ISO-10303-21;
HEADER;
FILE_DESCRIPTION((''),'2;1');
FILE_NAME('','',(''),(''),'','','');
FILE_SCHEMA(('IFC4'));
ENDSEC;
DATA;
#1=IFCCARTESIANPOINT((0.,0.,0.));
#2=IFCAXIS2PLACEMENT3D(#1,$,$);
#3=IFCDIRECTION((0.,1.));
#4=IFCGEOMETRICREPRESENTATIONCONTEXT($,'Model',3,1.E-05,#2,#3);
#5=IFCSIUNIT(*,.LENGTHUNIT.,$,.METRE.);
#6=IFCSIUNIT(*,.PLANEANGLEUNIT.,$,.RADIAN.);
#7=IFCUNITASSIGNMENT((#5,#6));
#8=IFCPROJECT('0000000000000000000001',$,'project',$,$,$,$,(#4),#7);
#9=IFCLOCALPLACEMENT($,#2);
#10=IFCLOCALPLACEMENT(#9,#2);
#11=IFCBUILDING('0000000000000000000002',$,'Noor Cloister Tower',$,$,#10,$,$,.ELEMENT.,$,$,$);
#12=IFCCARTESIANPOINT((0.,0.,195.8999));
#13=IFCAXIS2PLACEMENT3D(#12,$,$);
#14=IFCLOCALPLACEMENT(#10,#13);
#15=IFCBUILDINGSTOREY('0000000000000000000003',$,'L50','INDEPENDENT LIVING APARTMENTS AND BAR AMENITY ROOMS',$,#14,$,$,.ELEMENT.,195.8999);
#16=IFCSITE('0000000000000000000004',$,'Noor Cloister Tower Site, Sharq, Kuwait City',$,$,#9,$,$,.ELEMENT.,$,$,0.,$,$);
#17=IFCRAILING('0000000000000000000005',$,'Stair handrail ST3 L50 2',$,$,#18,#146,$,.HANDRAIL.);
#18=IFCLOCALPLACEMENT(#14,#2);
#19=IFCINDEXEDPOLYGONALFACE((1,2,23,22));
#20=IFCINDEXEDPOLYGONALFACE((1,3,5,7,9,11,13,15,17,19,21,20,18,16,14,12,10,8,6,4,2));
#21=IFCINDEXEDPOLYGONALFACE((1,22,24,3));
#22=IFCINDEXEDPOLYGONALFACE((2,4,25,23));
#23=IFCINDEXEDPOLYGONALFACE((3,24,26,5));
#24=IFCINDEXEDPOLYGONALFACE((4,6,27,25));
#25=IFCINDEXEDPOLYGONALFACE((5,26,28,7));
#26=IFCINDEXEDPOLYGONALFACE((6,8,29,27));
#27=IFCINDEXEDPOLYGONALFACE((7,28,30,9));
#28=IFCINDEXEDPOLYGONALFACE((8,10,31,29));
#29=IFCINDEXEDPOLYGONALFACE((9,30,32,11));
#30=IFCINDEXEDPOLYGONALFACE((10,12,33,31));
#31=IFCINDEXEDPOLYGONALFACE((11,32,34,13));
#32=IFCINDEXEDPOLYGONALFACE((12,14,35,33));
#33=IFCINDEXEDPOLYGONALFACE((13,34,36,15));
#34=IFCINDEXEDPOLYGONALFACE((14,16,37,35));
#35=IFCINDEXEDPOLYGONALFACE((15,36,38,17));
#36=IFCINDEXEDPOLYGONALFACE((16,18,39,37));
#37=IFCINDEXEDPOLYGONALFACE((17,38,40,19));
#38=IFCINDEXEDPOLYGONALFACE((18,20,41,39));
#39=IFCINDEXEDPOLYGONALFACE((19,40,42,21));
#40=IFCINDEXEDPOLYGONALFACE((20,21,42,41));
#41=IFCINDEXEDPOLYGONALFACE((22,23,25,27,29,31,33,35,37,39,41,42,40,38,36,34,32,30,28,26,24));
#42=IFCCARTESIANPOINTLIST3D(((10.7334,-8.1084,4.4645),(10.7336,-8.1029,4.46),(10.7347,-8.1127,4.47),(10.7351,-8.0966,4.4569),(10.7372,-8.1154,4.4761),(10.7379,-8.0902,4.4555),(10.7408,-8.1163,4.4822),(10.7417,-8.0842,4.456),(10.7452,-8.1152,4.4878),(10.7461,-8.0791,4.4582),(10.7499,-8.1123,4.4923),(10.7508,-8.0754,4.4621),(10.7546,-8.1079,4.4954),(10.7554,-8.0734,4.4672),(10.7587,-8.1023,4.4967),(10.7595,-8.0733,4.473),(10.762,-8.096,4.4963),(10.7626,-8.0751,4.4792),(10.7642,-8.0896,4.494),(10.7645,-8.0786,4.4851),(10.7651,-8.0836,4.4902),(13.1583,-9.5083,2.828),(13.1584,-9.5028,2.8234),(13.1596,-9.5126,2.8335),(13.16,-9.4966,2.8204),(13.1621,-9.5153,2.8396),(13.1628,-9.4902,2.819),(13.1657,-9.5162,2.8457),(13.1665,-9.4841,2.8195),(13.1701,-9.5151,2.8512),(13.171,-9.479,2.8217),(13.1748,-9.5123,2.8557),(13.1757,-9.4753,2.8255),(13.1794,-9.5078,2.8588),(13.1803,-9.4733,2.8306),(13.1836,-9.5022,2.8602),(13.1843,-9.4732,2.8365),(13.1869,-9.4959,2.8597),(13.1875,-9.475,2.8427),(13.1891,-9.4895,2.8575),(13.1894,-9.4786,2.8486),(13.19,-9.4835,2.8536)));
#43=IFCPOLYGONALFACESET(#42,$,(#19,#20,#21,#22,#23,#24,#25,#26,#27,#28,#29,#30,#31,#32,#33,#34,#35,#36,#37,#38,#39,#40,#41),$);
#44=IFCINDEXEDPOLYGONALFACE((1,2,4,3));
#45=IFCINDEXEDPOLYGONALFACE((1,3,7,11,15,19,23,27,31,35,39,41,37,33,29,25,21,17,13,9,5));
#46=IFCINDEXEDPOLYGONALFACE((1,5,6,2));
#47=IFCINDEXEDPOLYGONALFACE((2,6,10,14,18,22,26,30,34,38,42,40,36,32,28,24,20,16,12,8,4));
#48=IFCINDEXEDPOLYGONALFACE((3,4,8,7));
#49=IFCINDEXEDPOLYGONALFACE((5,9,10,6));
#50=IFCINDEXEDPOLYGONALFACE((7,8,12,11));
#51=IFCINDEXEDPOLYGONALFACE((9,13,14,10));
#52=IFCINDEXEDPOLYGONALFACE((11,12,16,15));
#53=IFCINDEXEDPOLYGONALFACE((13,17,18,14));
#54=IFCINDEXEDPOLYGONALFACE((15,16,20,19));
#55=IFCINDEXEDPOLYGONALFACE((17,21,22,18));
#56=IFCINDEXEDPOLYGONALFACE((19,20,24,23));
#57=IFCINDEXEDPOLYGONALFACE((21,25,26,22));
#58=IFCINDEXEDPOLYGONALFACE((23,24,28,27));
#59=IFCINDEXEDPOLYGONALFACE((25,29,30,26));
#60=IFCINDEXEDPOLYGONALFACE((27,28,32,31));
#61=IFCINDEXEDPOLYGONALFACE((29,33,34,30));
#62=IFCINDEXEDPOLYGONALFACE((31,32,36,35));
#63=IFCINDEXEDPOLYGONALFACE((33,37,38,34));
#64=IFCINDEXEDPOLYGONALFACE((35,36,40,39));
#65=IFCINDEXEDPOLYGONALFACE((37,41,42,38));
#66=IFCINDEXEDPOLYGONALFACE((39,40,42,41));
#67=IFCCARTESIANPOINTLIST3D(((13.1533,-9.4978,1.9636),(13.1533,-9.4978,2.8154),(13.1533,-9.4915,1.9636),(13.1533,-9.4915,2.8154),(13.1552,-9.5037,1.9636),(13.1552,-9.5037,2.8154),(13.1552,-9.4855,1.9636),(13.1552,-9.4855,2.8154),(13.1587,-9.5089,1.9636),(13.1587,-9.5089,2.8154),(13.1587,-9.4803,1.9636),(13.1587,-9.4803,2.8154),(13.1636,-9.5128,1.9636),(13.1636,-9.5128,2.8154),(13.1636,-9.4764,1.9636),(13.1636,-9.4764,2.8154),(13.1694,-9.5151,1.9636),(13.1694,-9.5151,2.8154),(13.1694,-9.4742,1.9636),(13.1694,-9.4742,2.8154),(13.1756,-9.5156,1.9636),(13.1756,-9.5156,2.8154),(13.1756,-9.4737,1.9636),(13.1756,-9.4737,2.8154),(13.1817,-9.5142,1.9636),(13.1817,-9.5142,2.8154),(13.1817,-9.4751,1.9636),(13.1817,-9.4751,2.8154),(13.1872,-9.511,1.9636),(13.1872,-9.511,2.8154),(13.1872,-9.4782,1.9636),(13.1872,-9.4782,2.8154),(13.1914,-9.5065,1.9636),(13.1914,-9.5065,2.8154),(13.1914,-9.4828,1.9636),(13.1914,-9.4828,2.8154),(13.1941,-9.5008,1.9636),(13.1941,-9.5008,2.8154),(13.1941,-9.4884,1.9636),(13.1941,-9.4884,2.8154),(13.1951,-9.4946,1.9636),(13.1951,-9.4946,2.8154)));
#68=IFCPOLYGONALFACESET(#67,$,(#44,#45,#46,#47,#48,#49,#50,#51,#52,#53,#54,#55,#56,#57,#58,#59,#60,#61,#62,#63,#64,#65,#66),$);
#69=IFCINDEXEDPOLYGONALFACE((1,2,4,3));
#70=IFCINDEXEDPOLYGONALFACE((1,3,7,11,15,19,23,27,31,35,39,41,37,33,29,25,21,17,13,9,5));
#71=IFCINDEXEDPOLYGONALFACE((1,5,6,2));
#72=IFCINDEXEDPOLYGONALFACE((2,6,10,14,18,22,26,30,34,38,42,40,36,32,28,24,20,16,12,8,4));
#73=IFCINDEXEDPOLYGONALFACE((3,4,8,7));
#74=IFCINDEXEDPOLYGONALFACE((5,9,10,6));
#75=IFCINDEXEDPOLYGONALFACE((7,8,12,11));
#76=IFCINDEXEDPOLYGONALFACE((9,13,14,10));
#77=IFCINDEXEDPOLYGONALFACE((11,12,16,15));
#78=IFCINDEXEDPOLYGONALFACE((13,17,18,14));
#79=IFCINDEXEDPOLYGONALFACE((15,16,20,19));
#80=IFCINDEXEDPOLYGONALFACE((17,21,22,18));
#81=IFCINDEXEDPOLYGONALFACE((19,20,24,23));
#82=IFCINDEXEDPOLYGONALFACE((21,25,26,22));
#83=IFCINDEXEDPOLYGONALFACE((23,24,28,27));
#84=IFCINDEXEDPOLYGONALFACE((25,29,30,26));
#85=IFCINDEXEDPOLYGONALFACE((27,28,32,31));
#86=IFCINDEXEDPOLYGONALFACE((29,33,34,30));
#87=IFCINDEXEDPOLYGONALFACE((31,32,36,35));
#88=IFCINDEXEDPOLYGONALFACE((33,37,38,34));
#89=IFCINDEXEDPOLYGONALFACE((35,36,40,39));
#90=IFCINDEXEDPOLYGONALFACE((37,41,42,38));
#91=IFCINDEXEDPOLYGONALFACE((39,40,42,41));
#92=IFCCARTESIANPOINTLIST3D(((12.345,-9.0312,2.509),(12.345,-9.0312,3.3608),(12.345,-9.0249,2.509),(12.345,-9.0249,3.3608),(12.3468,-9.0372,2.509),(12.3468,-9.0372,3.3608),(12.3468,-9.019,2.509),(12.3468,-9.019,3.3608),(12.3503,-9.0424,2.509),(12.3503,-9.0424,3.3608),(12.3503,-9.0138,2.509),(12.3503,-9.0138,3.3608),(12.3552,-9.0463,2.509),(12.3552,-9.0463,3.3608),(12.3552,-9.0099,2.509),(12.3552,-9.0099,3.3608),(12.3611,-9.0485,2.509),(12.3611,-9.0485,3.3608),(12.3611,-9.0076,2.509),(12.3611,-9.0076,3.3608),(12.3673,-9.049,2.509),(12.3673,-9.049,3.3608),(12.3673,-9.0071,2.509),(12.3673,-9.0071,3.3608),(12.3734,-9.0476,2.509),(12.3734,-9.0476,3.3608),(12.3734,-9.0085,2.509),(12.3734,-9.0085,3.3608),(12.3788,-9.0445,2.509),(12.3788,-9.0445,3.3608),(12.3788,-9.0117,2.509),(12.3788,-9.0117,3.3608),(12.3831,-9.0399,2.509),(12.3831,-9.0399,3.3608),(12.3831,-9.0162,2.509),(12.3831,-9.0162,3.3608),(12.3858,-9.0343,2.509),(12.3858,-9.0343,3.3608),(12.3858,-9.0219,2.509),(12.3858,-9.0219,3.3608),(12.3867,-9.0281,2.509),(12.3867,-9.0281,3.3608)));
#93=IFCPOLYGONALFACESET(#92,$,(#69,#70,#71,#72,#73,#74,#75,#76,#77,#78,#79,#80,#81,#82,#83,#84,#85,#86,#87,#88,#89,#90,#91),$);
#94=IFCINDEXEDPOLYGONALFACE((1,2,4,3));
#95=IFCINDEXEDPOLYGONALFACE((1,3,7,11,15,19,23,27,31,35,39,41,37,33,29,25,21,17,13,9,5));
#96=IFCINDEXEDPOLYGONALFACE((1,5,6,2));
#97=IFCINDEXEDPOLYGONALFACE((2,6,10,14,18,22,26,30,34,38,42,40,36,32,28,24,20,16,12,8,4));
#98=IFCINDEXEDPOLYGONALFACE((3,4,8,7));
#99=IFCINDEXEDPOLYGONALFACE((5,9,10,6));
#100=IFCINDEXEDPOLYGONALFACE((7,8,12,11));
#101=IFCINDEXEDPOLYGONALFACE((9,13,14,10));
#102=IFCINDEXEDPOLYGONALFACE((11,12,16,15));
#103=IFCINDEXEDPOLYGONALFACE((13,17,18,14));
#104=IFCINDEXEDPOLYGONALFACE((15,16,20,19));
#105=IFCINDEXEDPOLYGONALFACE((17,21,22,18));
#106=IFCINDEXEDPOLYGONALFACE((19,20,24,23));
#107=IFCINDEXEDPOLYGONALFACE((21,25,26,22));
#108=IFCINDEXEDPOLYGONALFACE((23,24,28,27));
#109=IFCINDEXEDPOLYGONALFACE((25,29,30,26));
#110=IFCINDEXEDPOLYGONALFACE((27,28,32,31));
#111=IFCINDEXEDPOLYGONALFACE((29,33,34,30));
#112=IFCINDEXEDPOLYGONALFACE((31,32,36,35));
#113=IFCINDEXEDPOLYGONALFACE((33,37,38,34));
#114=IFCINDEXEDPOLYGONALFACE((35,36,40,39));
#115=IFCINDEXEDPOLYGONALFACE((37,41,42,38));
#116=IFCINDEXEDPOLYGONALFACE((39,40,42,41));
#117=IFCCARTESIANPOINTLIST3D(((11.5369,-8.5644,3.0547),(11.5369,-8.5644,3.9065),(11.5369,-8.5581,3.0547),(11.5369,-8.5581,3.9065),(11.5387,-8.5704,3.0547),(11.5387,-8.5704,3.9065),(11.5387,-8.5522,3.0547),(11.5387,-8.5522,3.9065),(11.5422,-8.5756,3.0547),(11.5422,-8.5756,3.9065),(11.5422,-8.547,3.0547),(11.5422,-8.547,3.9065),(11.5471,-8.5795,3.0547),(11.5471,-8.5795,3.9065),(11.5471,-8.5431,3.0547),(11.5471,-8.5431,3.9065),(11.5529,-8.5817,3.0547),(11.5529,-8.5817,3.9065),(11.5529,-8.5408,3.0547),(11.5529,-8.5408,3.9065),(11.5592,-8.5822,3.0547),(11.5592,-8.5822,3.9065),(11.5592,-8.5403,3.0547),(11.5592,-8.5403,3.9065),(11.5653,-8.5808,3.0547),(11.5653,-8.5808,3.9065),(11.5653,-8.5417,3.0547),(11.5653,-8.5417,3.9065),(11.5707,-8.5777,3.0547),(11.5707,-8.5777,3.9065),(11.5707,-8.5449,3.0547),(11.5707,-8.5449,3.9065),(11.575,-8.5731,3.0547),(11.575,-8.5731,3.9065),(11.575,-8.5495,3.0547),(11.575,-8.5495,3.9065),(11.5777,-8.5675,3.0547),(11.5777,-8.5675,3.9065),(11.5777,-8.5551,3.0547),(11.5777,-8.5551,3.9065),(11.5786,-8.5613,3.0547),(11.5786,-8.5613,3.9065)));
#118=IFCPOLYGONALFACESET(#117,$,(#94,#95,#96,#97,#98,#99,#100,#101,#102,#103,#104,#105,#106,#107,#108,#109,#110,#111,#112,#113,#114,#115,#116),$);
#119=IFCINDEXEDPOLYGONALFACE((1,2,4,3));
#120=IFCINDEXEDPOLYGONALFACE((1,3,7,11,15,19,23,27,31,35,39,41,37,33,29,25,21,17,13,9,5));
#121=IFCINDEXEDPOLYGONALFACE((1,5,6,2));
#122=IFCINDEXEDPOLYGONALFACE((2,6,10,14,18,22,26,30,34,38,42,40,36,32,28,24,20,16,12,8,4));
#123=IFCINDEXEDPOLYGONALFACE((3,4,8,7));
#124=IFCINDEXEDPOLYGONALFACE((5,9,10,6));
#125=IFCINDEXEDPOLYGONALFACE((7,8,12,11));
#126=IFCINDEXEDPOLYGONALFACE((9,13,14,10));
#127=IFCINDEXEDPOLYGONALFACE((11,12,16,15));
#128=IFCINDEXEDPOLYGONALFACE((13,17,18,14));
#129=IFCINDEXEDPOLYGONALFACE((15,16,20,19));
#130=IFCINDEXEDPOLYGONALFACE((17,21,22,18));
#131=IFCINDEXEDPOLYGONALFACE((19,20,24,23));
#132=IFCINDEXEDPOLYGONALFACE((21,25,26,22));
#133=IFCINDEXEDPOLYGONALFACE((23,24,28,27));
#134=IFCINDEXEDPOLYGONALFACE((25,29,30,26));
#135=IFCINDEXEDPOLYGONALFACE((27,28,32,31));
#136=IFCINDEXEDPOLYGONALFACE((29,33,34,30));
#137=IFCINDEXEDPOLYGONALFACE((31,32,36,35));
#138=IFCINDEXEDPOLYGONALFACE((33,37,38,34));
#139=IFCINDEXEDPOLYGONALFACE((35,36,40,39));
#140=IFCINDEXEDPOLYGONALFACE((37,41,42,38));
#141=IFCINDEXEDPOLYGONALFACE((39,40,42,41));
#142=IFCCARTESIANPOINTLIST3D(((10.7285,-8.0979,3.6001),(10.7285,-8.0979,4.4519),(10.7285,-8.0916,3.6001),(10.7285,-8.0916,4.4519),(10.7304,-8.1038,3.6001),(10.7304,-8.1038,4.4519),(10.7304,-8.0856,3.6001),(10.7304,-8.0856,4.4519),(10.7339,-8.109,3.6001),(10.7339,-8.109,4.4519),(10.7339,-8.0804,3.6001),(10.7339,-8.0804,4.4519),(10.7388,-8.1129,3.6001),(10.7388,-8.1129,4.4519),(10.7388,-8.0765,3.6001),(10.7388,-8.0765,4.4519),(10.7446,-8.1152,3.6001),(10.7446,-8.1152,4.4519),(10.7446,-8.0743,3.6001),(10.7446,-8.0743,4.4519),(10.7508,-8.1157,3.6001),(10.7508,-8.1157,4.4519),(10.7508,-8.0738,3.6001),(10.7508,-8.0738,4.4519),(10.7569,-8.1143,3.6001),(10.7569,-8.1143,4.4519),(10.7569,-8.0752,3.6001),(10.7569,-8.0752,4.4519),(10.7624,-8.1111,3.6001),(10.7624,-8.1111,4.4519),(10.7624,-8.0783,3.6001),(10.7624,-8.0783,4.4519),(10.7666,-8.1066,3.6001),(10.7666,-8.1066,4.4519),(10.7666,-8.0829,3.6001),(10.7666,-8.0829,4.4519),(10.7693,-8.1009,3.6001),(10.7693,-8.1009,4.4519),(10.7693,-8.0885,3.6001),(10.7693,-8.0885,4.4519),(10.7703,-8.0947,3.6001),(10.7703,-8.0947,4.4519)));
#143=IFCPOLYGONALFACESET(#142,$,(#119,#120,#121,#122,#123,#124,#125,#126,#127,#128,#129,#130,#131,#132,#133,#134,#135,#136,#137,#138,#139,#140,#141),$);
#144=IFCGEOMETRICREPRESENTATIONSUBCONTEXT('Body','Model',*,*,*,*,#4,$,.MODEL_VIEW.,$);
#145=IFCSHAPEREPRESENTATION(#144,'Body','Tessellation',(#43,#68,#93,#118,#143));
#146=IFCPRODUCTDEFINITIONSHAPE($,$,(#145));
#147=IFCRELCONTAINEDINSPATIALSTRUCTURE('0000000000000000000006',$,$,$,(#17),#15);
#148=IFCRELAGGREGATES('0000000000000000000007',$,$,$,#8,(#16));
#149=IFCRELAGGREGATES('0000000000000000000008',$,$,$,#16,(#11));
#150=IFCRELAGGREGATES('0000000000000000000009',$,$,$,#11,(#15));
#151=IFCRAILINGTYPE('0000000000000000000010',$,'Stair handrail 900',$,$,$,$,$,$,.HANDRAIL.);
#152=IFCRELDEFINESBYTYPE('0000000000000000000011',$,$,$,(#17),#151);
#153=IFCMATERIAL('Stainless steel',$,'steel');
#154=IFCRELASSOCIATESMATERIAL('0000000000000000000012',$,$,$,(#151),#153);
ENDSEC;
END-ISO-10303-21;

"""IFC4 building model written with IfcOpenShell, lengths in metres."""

from ifc_helpers import new_model, si_unit, direction, frame, origin, origin_2d, place, context, subcontext, project, spatial, circle, extrude, material, type_object, element, save


model = new_model("IFC4")

# Units and contexts
model_context = context("Model", 3, precision=1e-05, world=origin(), true_north=direction((0.0, 1.0)))
body_context = subcontext(model_context, "Body", "Model", "MODEL_VIEW")
ifc_project = project(units=[si_unit("LENGTHUNIT", "METRE"), si_unit("PLANEANGLEUNIT", "RADIAN")], contexts=[model_context])

# Site, building, storey
site_placement = place(None, origin())
site = spatial("IfcSite", under=ifc_project, at=site_placement, Name="Noor Cloister Tower Site, Sharq, Kuwait City", CompositionType="ELEMENT", RefElevation=0.0)
building_placement = place(site_placement, origin())
building = spatial("IfcBuilding", under=site, at=building_placement, Name="Noor Cloister Tower", CompositionType="ELEMENT")
storey_placement = place(building_placement, frame((0.0, 0.0, 195.8999)))
storey = spatial("IfcBuildingStorey", under=building, at=storey_placement, Name="L50", Description="INDEPENDENT LIVING APARTMENTS AND BAR AMENITY ROOMS", CompositionType="ELEMENT", Elevation=195.8999)

# Railing
ifc_material_1 = material(Name="Stainless steel", Category="steel")
railing_type_1 = type_object("IfcRailingType", Name="Stair handrail 900", PredefinedType="HANDRAIL", material=ifc_material_1)
railing_1_placement = place(storey_placement, frame((13.1741, -9.4946, 1.9636)))
element("IfcRailing", 1, at=railing_1_placement, inside=storey, type_object=railing_type_1, Name="Stair handrail ST3 L50 2", PredefinedType="HANDRAIL", context=body_context, shape_type="SweptSolid", body=[
    extrude(circle(Radius=0.0239, at=origin_2d()), frame((0.0, 0.0, 0.876), z_axis=(-0.74769, 0.431661, 0.504608), x_axis=(-0.499984, -0.866035, 0.0)), (0.0, 0.0, 1.0), 3.2432),
    extrude(circle(Radius=0.021, at=origin_2d()), origin(), (0.0, 0.0, 1.0), 0.8518),
    extrude(circle(Radius=0.021, at=origin_2d()), frame((-0.8083, 0.4666, 0.5454)), (0.0, 0.0, 1.0), 0.8518),
    extrude(circle(Radius=0.021, at=origin_2d()), frame((-1.6165, 0.9333, 1.0911)), (0.0, 0.0, 1.0), 0.8518),
    extrude(circle(Radius=0.021, at=origin_2d()), frame((-2.4248, 1.3999, 1.6365)), (0.0, 0.0, 1.0), 0.8518),
])

save(model, "model.ifc")
